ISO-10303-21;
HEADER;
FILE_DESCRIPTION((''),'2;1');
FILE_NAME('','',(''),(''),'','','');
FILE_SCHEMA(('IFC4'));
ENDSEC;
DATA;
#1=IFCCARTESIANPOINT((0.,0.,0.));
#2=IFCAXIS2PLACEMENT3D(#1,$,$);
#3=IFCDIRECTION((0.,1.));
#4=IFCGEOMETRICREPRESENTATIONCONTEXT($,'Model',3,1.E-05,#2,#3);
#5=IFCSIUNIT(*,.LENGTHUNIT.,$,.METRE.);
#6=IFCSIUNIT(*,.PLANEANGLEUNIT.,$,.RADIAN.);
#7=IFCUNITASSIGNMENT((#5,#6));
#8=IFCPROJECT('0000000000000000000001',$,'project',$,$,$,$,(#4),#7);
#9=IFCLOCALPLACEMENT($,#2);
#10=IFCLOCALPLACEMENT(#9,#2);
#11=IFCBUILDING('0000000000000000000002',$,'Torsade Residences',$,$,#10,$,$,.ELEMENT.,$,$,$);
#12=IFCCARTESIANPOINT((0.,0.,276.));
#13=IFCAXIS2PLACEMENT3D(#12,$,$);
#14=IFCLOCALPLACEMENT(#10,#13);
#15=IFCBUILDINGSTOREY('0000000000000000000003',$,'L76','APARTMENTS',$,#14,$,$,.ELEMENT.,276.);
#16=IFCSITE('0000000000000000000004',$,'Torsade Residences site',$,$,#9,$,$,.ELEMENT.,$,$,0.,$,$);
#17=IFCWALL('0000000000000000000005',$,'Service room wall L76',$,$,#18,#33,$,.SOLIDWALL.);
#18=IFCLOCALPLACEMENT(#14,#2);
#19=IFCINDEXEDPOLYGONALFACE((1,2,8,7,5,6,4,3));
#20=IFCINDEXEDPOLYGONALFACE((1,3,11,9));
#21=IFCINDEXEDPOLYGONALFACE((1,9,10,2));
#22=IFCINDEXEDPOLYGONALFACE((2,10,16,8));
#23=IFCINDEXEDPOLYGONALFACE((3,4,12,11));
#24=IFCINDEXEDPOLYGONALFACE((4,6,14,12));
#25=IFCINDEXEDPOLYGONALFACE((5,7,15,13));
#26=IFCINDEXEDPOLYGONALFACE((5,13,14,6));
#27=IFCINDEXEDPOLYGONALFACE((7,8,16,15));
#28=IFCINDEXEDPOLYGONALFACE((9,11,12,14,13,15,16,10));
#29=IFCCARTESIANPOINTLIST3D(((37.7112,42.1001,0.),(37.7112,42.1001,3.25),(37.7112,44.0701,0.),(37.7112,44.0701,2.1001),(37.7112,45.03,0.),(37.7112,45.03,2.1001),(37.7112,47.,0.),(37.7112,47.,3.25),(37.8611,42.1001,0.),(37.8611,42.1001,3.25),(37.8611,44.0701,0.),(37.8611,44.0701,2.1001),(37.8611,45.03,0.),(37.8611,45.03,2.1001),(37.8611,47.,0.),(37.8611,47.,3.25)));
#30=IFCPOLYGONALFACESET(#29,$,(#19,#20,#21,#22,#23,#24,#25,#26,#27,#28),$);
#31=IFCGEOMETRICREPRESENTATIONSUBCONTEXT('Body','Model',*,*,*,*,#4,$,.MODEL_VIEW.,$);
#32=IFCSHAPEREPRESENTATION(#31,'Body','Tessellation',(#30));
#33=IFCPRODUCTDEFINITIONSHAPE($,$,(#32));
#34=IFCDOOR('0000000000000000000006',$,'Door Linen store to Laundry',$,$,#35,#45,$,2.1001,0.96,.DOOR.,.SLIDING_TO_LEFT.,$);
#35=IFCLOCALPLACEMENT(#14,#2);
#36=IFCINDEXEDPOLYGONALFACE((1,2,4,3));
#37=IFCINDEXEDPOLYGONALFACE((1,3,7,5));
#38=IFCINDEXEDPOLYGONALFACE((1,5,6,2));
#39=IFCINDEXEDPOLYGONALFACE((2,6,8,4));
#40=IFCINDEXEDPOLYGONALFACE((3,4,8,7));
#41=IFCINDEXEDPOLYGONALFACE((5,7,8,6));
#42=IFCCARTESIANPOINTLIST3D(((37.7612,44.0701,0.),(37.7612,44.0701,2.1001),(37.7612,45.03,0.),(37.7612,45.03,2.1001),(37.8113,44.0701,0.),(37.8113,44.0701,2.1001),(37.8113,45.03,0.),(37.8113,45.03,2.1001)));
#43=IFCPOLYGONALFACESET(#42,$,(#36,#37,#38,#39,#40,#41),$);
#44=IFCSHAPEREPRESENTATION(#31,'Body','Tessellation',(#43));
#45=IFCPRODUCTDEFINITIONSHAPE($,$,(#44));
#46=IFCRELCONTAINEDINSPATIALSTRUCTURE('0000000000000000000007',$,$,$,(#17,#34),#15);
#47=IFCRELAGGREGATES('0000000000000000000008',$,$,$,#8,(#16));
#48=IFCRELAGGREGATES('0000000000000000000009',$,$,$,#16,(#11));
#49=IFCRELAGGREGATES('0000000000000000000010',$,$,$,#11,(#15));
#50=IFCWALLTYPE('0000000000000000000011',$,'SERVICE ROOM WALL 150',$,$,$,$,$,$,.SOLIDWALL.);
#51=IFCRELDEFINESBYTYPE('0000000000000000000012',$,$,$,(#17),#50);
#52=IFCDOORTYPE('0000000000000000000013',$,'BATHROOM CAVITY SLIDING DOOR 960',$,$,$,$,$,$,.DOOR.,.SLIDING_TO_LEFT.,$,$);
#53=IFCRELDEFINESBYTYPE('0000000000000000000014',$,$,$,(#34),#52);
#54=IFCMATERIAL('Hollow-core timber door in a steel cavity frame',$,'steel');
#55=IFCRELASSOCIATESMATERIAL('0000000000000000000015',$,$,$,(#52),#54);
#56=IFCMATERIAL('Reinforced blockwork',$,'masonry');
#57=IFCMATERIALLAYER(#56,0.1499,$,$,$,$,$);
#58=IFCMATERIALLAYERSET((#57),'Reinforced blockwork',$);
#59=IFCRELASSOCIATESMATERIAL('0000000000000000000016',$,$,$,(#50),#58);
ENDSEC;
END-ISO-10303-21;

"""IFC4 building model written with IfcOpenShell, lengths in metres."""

from ifc_helpers import new_model, si_unit, direction, frame, frame_2d, origin, place, context, subcontext, project, spatial, rectangle, extrude, material, layer, layer_set, type_object, element, fill, save


model = new_model("IFC4")

# Units and contexts
model_context = context("Model", 3, precision=1e-05, world=origin(), true_north=direction((0.0, 1.0)))
body_context = subcontext(model_context, "Body", "Model", "MODEL_VIEW")
ifc_project = project(units=[si_unit("LENGTHUNIT", "METRE"), si_unit("PLANEANGLEUNIT", "RADIAN")], contexts=[model_context])

# Site, building, storey
site_placement = place(None, origin())
site = spatial("IfcSite", under=ifc_project, at=site_placement, Name="Torsade Residences site", CompositionType="ELEMENT", RefElevation=0.0)
building_placement = place(site_placement, origin())
building = spatial("IfcBuilding", under=site, at=building_placement, Name="Torsade Residences", CompositionType="ELEMENT")
storey_placement = place(building_placement, frame((0.0, 0.0, 276.0)))
storey = spatial("IfcBuildingStorey", under=building, at=storey_placement, Name="L76", Description="APARTMENTS", CompositionType="ELEMENT", Elevation=276.0)

# Shared definitions
ifc_material_1 = material(Name="Hollow-core timber door in a steel cavity frame", Category="steel")
door_type_1 = type_object("IfcDoorType", Name="BATHROOM CAVITY SLIDING DOOR 960", OperationType="SLIDING_TO_LEFT", PredefinedType="DOOR", material=ifc_material_1)

# Wall, opening, door
ifc_material_2 = material(Name="Reinforced blockwork", Category="masonry")
ifc_layer_1 = layer(ifc_material_2, 0.1499)
ifc_layer_set_1 = layer_set([ifc_layer_1], Name="Reinforced blockwork")
wall_type_1 = type_object("IfcWallType", Name="SERVICE ROOM WALL 150", PredefinedType="SOLIDWALL", material=ifc_layer_set_1)
wall_1_placement = place(storey_placement, frame((37.7861, 42.1001, 0.0), z_axis=(0.0, 0.0, 1.0), x_axis=(0.0, 1.0, 0.0)))
wall_1 = element("IfcWall", 1, at=wall_1_placement, inside=storey, type_object=wall_type_1, Name="Service room wall L76", PredefinedType="SOLIDWALL", context=body_context, shape_type="SweptSolid", body=[
    extrude(rectangle(XDim=4.8999, YDim=0.1499, at=frame_2d((2.45, 0.0))), origin(), (0.0, 0.0, 1.0), 3.25),
])
opening_1_placement = place(wall_1_placement, frame((1.97, 0.0, 0.0)))
opening_1 = element("IfcOpeningElement", 2, at=opening_1_placement, cuts=wall_1, PredefinedType="OPENING", context=body_context, shape_type="SweptSolid", body=[
    extrude(rectangle(XDim=0.96, YDim=2.1001, at=frame_2d((0.48, 1.05))), frame((0.0, 0.085, 0.0), z_axis=(0.0, -1.0, 0.0), x_axis=(1.0, 0.0, 0.0)), (0.0, 0.0, 1.0), 0.1699),
])
door_1_placement = place(opening_1_placement, origin())
door_1 = element("IfcDoor", 3, at=door_1_placement, inside=storey, type_object=door_type_1, Name="Door Linen store to Laundry", OperationType="SLIDING_TO_LEFT", OverallHeight=2.1001, OverallWidth=0.96, PredefinedType="DOOR", context=body_context, shape_type="SweptSolid", body=[
    extrude(rectangle(XDim=0.96, YDim=2.1001, at=frame_2d((0.48, 1.05))), frame((0.0, 0.0249, 0.0), z_axis=(0.0, -1.0, 0.0), x_axis=(1.0, 0.0, 0.0)), (0.0, 0.0, 1.0), 0.05),
])
fill(opening_1, door_1)

save(model, "model.ifc")
